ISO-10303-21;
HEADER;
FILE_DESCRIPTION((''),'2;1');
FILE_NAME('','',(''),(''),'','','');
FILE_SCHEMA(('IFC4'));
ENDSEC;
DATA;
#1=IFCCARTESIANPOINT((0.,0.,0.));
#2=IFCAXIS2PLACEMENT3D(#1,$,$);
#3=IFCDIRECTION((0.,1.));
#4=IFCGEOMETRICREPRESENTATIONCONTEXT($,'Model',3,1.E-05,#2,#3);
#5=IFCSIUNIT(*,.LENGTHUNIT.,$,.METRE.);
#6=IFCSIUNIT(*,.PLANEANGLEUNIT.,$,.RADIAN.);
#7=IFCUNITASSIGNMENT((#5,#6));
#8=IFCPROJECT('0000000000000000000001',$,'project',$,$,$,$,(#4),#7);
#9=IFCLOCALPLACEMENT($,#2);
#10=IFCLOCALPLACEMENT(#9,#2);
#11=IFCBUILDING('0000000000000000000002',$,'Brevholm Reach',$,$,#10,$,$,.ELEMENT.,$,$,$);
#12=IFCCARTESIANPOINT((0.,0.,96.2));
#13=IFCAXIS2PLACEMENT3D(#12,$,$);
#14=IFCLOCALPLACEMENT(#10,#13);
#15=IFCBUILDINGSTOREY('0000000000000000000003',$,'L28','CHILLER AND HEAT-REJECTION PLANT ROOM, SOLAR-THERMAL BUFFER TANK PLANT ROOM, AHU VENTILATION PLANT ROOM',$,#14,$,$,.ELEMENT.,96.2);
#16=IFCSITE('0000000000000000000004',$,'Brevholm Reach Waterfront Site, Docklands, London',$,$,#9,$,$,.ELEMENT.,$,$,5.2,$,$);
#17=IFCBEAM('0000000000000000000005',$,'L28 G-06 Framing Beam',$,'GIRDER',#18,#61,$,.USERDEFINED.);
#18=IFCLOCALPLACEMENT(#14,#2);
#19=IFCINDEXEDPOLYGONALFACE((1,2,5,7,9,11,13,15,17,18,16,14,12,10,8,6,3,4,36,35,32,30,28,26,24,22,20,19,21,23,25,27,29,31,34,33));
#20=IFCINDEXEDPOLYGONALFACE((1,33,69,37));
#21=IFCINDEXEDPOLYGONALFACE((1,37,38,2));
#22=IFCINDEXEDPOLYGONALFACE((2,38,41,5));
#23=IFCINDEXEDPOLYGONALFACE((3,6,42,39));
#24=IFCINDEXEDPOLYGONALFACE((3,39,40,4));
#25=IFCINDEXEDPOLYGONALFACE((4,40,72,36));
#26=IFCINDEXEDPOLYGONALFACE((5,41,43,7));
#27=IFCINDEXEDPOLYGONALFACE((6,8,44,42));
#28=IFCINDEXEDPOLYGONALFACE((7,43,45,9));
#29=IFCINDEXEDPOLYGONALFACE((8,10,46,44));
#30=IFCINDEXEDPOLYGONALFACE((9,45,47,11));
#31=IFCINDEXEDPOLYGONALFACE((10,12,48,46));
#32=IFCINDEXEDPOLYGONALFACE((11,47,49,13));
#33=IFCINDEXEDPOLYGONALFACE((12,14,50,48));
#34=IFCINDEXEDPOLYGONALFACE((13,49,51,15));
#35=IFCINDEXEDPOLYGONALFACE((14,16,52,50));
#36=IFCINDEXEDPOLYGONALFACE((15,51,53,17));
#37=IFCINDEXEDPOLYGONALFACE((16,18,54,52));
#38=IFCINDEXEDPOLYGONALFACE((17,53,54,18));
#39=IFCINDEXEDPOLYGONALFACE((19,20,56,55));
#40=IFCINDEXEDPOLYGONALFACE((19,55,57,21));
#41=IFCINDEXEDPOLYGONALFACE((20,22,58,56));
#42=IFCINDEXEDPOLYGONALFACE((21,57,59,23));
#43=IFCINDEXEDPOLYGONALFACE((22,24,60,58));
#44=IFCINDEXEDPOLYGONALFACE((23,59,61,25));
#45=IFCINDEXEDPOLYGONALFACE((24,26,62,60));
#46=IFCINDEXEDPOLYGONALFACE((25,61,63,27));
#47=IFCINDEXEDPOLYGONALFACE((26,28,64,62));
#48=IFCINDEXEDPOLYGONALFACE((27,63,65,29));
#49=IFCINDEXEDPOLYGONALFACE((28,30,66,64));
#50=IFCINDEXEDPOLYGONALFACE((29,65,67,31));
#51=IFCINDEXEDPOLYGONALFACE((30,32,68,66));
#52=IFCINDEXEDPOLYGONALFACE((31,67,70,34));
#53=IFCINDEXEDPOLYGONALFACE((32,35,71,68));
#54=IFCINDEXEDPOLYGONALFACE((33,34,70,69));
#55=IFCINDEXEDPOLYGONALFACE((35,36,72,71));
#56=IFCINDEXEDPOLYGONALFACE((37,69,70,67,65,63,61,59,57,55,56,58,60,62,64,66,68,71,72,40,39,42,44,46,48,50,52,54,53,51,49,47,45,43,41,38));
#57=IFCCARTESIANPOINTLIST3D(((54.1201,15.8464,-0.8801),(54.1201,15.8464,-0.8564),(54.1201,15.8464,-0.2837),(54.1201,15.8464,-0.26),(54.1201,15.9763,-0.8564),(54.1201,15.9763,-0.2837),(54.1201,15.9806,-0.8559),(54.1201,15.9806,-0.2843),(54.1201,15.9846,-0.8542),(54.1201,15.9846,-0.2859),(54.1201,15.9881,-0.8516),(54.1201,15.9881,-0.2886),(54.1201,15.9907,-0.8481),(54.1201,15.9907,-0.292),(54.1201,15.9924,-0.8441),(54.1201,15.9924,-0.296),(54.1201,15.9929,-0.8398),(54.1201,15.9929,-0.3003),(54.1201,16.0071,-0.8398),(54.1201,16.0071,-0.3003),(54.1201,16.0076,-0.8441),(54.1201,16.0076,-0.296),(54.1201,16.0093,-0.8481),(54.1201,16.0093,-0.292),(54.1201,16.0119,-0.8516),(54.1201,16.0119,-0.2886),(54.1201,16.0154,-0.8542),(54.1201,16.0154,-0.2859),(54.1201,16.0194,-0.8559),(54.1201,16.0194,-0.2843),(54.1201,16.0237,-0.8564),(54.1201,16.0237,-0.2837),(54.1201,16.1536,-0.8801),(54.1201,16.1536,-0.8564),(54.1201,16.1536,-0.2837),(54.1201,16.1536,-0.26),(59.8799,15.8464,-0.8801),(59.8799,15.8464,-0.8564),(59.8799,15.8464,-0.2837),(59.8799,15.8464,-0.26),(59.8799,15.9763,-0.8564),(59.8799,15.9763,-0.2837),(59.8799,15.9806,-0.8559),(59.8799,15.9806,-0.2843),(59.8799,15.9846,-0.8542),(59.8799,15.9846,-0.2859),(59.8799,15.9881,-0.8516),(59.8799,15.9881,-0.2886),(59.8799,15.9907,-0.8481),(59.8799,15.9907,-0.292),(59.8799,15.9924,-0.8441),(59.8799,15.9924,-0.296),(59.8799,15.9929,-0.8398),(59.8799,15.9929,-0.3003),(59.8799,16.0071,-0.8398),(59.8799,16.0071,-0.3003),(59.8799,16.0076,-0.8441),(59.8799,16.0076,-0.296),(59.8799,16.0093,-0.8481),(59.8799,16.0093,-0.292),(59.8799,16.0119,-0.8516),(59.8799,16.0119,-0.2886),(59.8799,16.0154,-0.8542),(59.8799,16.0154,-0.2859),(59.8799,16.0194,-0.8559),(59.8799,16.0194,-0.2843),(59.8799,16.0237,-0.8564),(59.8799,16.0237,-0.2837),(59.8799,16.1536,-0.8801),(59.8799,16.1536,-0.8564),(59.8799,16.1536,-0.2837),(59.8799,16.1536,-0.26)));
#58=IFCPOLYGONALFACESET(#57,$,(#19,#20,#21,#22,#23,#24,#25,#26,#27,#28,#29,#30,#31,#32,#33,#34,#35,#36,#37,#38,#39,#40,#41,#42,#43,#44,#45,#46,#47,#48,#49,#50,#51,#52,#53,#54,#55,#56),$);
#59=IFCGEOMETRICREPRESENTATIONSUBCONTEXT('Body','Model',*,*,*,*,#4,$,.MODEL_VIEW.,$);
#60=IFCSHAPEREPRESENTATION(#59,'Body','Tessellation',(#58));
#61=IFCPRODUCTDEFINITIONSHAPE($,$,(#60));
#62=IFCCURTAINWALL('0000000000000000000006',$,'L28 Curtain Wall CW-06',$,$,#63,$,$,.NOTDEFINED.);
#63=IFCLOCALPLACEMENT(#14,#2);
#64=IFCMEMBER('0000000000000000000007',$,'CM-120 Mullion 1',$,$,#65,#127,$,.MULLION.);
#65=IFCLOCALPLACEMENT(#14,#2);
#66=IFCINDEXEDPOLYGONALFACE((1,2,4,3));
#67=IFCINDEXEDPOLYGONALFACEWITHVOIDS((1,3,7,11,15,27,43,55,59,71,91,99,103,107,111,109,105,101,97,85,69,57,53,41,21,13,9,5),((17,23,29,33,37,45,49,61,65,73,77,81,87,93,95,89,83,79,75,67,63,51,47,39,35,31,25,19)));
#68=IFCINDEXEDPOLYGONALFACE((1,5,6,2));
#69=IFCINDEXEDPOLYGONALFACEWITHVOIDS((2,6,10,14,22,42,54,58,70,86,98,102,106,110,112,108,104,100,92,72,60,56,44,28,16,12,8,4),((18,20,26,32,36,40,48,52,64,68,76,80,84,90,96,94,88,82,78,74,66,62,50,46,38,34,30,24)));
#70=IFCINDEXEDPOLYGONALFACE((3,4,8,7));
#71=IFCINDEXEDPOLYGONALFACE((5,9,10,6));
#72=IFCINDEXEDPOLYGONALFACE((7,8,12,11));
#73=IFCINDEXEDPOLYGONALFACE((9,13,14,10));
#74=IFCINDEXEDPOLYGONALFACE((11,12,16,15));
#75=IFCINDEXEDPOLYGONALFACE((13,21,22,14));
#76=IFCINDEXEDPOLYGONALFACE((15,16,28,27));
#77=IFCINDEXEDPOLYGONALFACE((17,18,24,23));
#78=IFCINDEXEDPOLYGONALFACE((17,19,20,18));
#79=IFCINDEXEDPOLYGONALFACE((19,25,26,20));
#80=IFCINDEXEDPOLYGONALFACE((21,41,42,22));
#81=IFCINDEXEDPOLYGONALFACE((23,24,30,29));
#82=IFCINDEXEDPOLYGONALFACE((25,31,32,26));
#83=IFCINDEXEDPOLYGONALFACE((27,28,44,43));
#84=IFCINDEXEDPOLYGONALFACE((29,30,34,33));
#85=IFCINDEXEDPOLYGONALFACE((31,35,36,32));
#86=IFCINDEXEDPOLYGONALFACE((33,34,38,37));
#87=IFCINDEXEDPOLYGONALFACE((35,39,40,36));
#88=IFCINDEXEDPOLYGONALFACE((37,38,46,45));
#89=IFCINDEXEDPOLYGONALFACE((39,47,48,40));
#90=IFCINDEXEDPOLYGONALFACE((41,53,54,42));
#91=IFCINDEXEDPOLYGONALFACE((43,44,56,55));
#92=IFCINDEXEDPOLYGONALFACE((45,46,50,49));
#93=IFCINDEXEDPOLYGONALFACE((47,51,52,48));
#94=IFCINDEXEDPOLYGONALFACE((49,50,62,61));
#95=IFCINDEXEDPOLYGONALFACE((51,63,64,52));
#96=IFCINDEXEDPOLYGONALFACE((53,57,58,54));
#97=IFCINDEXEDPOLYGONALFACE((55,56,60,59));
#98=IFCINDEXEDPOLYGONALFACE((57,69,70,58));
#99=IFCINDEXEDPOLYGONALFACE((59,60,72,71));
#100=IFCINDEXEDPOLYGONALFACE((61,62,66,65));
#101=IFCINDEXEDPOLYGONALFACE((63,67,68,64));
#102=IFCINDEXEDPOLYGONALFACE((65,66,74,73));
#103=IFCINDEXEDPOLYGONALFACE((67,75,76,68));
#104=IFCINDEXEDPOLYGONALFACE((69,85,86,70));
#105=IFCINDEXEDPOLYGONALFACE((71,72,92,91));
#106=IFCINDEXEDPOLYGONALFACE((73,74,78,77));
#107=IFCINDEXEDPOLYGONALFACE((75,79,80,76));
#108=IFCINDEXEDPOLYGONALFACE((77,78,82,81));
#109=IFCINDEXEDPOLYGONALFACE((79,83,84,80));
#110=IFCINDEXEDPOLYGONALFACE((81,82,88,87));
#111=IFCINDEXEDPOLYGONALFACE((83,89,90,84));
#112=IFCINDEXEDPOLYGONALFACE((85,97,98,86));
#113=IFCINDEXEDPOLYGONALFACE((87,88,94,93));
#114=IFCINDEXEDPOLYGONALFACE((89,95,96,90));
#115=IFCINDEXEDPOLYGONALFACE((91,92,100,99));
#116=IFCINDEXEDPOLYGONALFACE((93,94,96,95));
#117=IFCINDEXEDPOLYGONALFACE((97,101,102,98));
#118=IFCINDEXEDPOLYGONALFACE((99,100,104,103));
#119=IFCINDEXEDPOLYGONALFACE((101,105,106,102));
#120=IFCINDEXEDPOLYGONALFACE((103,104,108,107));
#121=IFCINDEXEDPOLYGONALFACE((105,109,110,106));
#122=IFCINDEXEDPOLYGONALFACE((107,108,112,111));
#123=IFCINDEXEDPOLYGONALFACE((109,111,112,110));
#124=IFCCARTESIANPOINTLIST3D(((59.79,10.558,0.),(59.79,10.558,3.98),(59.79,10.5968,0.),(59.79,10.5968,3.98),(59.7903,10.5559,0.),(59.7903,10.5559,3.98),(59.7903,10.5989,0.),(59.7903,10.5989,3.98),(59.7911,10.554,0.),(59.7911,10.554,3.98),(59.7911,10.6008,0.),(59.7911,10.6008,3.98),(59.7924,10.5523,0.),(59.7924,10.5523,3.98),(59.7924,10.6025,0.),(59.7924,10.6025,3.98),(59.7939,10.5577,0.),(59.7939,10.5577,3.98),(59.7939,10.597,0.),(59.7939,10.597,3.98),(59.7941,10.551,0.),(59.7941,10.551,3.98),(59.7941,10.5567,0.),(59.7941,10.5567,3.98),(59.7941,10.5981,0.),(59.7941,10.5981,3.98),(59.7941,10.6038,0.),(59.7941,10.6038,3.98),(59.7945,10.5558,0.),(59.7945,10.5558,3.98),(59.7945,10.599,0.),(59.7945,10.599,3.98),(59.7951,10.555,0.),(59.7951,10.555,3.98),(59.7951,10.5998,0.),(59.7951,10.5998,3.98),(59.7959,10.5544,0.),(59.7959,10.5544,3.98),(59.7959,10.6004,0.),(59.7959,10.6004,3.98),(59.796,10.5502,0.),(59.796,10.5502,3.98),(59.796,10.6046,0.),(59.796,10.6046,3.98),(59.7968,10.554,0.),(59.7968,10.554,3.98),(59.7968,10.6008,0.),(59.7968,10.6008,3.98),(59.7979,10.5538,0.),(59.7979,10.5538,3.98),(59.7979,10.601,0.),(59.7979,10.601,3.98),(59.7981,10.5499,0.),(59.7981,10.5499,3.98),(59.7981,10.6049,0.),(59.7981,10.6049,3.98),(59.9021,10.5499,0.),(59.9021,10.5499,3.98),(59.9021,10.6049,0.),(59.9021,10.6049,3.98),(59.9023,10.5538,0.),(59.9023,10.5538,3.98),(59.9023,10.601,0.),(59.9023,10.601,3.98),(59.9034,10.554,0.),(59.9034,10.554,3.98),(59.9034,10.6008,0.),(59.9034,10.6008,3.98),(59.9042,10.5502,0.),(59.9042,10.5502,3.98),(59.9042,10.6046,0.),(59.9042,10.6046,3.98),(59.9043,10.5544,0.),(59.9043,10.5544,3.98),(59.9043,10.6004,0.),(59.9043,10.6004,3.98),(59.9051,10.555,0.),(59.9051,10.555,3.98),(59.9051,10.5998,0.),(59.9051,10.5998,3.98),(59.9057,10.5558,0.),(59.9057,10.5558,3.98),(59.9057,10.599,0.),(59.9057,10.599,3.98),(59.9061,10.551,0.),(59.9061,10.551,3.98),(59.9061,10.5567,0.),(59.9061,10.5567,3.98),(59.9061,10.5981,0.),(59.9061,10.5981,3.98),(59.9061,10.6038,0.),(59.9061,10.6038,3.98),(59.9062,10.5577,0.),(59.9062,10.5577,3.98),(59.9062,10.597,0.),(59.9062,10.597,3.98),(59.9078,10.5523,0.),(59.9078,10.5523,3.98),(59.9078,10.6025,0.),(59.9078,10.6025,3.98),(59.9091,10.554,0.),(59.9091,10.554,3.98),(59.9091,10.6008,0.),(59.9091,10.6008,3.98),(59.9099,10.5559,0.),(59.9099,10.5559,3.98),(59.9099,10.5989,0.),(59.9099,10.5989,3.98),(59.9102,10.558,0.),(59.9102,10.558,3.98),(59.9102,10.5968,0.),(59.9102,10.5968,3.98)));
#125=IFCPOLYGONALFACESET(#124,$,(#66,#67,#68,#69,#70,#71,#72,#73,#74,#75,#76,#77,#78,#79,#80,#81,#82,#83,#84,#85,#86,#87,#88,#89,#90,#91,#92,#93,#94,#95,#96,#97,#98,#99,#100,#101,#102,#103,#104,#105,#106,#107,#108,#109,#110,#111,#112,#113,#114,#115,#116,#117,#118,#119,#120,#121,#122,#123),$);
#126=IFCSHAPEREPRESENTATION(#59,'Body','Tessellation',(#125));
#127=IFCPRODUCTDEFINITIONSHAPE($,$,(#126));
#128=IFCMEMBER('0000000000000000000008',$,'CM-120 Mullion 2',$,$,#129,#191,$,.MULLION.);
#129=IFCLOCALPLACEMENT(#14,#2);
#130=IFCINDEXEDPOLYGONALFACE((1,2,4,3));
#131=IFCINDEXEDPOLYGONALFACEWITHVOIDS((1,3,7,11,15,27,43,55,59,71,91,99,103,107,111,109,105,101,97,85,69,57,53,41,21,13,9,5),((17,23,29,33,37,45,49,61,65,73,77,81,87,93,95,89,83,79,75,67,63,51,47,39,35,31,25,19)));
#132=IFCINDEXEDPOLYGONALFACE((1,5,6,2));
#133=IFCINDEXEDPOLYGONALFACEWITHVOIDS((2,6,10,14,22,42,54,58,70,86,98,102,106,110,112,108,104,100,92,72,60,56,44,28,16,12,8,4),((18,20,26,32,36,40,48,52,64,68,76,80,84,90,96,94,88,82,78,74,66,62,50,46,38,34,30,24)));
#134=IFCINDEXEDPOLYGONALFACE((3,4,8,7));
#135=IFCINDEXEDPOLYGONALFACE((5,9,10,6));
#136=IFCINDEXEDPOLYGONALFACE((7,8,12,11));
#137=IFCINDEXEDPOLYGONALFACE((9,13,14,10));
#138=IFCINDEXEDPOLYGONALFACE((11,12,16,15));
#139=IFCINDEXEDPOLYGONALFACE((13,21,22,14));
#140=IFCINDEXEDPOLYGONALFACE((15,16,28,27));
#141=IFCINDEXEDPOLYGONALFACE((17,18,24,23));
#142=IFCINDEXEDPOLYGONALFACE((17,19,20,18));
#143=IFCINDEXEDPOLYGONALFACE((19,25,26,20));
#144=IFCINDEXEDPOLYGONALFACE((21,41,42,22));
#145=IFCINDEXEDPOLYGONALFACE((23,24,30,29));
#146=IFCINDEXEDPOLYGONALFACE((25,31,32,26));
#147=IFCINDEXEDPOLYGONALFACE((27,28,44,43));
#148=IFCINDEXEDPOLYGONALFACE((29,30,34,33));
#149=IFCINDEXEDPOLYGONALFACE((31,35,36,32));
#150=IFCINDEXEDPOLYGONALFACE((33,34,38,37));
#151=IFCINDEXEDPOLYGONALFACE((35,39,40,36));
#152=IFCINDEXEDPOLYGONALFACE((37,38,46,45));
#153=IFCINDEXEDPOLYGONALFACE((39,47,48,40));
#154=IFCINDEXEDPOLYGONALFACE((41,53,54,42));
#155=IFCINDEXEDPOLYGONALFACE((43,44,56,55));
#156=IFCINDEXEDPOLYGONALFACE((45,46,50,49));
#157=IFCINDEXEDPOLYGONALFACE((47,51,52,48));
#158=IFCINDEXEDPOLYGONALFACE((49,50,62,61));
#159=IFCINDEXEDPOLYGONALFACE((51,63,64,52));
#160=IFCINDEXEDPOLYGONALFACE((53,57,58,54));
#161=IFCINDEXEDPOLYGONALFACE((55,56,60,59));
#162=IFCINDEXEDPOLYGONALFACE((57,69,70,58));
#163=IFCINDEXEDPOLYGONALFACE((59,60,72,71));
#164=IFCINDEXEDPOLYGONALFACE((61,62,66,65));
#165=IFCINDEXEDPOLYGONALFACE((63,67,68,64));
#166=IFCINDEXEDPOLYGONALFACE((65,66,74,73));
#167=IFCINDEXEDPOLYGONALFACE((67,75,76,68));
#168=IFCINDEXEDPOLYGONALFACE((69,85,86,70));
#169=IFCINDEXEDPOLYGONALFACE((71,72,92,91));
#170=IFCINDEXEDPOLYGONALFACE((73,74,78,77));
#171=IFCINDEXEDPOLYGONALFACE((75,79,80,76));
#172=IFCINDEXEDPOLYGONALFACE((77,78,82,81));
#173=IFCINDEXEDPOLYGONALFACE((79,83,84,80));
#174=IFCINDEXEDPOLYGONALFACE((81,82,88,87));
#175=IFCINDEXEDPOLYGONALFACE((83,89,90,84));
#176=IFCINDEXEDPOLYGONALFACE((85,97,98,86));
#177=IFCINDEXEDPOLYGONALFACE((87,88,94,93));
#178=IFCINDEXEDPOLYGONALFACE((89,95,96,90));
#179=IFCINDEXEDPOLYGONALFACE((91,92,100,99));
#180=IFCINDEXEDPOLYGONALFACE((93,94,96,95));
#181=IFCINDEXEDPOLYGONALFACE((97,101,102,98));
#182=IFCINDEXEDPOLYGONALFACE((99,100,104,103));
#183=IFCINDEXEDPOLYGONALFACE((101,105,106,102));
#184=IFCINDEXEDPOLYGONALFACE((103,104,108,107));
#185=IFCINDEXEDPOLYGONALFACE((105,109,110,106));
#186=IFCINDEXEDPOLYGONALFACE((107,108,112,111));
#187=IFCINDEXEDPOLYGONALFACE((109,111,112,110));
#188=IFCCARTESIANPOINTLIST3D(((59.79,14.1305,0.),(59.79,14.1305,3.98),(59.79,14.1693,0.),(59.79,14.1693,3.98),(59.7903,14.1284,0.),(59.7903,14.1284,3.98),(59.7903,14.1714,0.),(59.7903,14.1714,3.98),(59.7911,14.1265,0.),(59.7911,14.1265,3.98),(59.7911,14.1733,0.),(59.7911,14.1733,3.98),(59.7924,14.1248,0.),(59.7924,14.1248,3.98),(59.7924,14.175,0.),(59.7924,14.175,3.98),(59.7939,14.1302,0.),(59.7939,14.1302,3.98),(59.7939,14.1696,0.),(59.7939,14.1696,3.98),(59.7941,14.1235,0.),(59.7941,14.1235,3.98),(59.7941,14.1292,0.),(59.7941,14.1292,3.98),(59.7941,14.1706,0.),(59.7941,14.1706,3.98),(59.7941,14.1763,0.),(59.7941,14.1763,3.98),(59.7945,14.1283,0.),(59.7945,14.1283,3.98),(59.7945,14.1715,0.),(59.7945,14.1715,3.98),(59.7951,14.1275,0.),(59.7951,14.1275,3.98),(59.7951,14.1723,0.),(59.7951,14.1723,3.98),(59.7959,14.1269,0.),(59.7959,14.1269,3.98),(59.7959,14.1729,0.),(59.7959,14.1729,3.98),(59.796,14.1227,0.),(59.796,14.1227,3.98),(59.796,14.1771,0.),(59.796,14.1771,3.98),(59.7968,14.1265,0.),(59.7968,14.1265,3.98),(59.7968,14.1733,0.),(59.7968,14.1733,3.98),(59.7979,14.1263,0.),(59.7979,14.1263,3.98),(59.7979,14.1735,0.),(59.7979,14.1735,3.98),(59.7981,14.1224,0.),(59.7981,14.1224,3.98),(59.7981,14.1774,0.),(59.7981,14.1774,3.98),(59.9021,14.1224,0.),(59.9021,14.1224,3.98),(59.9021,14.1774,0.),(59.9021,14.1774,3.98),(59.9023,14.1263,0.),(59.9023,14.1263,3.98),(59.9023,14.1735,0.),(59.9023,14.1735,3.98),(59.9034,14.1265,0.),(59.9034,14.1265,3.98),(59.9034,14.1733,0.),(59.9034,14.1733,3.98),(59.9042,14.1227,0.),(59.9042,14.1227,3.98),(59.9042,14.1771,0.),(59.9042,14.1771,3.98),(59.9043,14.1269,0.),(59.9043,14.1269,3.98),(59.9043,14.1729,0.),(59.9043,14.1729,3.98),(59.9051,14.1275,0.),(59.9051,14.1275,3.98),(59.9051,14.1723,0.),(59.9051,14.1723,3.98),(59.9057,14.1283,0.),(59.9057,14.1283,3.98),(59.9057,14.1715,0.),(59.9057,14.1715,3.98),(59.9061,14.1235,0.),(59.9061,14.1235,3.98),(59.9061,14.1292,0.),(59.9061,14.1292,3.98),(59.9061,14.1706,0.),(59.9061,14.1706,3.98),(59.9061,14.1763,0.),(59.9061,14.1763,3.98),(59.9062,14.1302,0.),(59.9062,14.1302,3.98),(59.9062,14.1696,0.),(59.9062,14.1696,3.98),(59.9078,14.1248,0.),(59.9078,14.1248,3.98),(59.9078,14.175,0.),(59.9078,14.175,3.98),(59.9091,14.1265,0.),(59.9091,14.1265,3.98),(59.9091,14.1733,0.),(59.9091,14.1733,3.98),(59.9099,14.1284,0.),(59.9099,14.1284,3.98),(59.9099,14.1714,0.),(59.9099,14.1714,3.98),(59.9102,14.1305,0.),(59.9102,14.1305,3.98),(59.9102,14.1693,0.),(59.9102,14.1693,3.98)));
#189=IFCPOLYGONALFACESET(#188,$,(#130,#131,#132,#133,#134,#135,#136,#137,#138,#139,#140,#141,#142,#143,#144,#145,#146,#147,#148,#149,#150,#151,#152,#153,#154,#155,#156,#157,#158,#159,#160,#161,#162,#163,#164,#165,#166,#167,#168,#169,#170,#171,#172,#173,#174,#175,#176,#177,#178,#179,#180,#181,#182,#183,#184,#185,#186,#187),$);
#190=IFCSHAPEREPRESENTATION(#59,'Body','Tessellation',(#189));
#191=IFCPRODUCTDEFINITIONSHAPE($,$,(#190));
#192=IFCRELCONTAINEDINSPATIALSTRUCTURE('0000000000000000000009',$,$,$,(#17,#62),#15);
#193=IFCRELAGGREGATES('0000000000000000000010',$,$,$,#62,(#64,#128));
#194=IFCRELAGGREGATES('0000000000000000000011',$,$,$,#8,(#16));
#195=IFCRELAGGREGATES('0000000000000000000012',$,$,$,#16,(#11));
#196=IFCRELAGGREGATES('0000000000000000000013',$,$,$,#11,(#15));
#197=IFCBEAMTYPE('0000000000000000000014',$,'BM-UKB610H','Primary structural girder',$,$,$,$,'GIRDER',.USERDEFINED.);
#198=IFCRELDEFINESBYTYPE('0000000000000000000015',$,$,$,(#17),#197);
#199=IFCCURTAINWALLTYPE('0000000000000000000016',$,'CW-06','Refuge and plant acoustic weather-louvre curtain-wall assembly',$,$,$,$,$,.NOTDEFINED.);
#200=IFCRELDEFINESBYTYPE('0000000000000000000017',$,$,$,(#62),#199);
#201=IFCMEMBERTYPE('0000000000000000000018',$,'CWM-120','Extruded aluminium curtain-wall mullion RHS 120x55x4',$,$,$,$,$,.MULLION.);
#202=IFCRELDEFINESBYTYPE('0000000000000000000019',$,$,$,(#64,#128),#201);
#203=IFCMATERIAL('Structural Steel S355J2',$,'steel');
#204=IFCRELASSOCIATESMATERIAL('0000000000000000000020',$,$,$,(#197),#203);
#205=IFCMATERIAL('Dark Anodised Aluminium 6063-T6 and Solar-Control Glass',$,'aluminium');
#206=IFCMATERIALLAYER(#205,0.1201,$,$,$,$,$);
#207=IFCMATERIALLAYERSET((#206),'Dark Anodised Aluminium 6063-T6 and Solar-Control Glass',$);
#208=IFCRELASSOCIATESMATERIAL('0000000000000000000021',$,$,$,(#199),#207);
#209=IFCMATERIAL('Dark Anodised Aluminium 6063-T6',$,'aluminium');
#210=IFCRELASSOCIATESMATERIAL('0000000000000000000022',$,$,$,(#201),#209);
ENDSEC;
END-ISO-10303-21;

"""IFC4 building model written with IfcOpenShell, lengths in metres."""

from ifc_helpers import new_model, si_unit, direction, frame, origin, origin_2d, place, context, subcontext, project, spatial, hollow_rectangle, i_section, extrude, material, layer, layer_set, material_profile, profile_set, type_object, element, aggregate, save


model = new_model("IFC4")

# Units and contexts
model_context = context("Model", 3, precision=1e-05, world=origin(), true_north=direction((0.0, 1.0)))
body_context = subcontext(model_context, "Body", "Model", "MODEL_VIEW")
ifc_project = project(units=[si_unit("LENGTHUNIT", "METRE"), si_unit("PLANEANGLEUNIT", "RADIAN")], contexts=[model_context])

# Site, building, storey
site_placement = place(None, origin())
site = spatial("IfcSite", under=ifc_project, at=site_placement, Name="Brevholm Reach Waterfront Site, Docklands, London", CompositionType="ELEMENT", RefElevation=5.2)
building_placement = place(site_placement, origin())
building = spatial("IfcBuilding", under=site, at=building_placement, Name="Brevholm Reach", CompositionType="ELEMENT")
storey_placement = place(building_placement, frame((0.0, 0.0, 96.2)))
storey = spatial("IfcBuildingStorey", under=building, at=storey_placement, Name="L28", Description="CHILLER AND HEAT-REJECTION PLANT ROOM, SOLAR-THERMAL BUFFER TANK PLANT ROOM, AHU VENTILATION PLANT ROOM", CompositionType="ELEMENT", Elevation=96.2)

# Beam
ifc_material_1 = material(Name="Structural Steel S355J2", Category="steel")
ifc_material_profile_1 = material_profile(ifc_material_1, i_section(OverallWidth=0.3071, OverallDepth=0.6201, WebThickness=0.0142, FlangeThickness=0.0237, FilletRadius=0.0166, at=origin_2d()), Name="UKB 610x305x179")
ifc_profile_set_1 = profile_set([ifc_material_profile_1], Name="Structural Steel S355J2")
beam_type = type_object("IfcBeamType", Name="BM-UKB610H", Description="Primary structural girder", ElementType="GIRDER", PredefinedType="USERDEFINED", material=ifc_profile_set_1)
for number, where, z_axis, x_axis, name in (
    (1, (54.1201, 16.0, -0.5701), (1.0, 0.0, 0.0), (0.0, 1.0, 0.0), "L28 G-06 Framing Beam"),
):
    element("IfcBeam", number, at=place(storey_placement, frame(where, z_axis=z_axis, x_axis=x_axis)), inside=storey, type_object=beam_type, Name=name, ObjectType="GIRDER", PredefinedType="USERDEFINED", context=body_context, shape_type="SweptSolid", body=[
        extrude(i_section(OverallWidth=0.3071, OverallDepth=0.6201, WebThickness=0.0142, FlangeThickness=0.0237, FilletRadius=0.0166, at=origin_2d()), origin(), (0.0, 0.0, 1.0), 5.7598),
    ])

# Curtain wall, members
ifc_material_2 = material(Name="Dark Anodised Aluminium 6063-T6 and Solar-Control Glass", Category="aluminium")
ifc_layer_1 = layer(ifc_material_2, 0.1201)
ifc_layer_set_1 = layer_set([ifc_layer_1], Name="Dark Anodised Aluminium 6063-T6 and Solar-Control Glass")
curtain_wall_type = type_object("IfcCurtainWallType", Name="CW-06", Description="Refuge and plant acoustic weather-louvre curtain-wall assembly", PredefinedType="NOTDEFINED", material=ifc_layer_set_1)
curtain_wall_placement = place(storey_placement, origin())
curtain_wall = element("IfcCurtainWall", 2, at=curtain_wall_placement, inside=storey, type_object=curtain_wall_type, Name="L28 Curtain Wall CW-06", PredefinedType="NOTDEFINED")
ifc_material_3 = material(Name="Dark Anodised Aluminium 6063-T6", Category="aluminium")
ifc_material_profile_2 = material_profile(ifc_material_3, hollow_rectangle(XDim=0.0549, YDim=0.1201, WallThickness=0.0039, InnerFilletRadius=0.0039, OuterFilletRadius=0.0081, at=origin_2d()), Name="RHS 120x55x4")
ifc_profile_set_2 = profile_set([ifc_material_profile_2], Name="Dark Anodised Aluminium 6063-T6")
member_type_1 = type_object("IfcMemberType", Name="CWM-120", Description="Extruded aluminium curtain-wall mullion RHS 120x55x4", PredefinedType="MULLION", material=ifc_profile_set_2)
member_1_placement = place(storey_placement, frame((59.8501, 10.5774, 0.0), z_axis=(0.0, 0.0, 1.0), x_axis=(0.0, 1.0, 0.0)))
member_1 = element("IfcMember", 3, at=member_1_placement, type_object=member_type_1, Name="CM-120 Mullion 1", PredefinedType="MULLION", context=body_context, shape_type="SweptSolid", body=[
    extrude(hollow_rectangle(XDim=0.0549, YDim=0.1201, WallThickness=0.0039, InnerFilletRadius=0.0039, OuterFilletRadius=0.0081, at=origin_2d()), origin(), (0.0, 0.0, 1.0), 3.98),
])
member_2_placement = place(storey_placement, frame((59.8501, 14.1499, 0.0), z_axis=(0.0, 0.0, 1.0), x_axis=(0.0, 1.0, 0.0)))
member_2 = element("IfcMember", 4, at=member_2_placement, type_object=member_type_1, Name="CM-120 Mullion 2", PredefinedType="MULLION", context=body_context, shape_type="SweptSolid", body=[
    extrude(hollow_rectangle(XDim=0.0549, YDim=0.1201, WallThickness=0.0039, InnerFilletRadius=0.0039, OuterFilletRadius=0.0081, at=origin_2d()), origin(), (0.0, 0.0, 1.0), 3.98),
])

aggregate(curtain_wall, [member_1, member_2])

save(model, "model.ifc")
